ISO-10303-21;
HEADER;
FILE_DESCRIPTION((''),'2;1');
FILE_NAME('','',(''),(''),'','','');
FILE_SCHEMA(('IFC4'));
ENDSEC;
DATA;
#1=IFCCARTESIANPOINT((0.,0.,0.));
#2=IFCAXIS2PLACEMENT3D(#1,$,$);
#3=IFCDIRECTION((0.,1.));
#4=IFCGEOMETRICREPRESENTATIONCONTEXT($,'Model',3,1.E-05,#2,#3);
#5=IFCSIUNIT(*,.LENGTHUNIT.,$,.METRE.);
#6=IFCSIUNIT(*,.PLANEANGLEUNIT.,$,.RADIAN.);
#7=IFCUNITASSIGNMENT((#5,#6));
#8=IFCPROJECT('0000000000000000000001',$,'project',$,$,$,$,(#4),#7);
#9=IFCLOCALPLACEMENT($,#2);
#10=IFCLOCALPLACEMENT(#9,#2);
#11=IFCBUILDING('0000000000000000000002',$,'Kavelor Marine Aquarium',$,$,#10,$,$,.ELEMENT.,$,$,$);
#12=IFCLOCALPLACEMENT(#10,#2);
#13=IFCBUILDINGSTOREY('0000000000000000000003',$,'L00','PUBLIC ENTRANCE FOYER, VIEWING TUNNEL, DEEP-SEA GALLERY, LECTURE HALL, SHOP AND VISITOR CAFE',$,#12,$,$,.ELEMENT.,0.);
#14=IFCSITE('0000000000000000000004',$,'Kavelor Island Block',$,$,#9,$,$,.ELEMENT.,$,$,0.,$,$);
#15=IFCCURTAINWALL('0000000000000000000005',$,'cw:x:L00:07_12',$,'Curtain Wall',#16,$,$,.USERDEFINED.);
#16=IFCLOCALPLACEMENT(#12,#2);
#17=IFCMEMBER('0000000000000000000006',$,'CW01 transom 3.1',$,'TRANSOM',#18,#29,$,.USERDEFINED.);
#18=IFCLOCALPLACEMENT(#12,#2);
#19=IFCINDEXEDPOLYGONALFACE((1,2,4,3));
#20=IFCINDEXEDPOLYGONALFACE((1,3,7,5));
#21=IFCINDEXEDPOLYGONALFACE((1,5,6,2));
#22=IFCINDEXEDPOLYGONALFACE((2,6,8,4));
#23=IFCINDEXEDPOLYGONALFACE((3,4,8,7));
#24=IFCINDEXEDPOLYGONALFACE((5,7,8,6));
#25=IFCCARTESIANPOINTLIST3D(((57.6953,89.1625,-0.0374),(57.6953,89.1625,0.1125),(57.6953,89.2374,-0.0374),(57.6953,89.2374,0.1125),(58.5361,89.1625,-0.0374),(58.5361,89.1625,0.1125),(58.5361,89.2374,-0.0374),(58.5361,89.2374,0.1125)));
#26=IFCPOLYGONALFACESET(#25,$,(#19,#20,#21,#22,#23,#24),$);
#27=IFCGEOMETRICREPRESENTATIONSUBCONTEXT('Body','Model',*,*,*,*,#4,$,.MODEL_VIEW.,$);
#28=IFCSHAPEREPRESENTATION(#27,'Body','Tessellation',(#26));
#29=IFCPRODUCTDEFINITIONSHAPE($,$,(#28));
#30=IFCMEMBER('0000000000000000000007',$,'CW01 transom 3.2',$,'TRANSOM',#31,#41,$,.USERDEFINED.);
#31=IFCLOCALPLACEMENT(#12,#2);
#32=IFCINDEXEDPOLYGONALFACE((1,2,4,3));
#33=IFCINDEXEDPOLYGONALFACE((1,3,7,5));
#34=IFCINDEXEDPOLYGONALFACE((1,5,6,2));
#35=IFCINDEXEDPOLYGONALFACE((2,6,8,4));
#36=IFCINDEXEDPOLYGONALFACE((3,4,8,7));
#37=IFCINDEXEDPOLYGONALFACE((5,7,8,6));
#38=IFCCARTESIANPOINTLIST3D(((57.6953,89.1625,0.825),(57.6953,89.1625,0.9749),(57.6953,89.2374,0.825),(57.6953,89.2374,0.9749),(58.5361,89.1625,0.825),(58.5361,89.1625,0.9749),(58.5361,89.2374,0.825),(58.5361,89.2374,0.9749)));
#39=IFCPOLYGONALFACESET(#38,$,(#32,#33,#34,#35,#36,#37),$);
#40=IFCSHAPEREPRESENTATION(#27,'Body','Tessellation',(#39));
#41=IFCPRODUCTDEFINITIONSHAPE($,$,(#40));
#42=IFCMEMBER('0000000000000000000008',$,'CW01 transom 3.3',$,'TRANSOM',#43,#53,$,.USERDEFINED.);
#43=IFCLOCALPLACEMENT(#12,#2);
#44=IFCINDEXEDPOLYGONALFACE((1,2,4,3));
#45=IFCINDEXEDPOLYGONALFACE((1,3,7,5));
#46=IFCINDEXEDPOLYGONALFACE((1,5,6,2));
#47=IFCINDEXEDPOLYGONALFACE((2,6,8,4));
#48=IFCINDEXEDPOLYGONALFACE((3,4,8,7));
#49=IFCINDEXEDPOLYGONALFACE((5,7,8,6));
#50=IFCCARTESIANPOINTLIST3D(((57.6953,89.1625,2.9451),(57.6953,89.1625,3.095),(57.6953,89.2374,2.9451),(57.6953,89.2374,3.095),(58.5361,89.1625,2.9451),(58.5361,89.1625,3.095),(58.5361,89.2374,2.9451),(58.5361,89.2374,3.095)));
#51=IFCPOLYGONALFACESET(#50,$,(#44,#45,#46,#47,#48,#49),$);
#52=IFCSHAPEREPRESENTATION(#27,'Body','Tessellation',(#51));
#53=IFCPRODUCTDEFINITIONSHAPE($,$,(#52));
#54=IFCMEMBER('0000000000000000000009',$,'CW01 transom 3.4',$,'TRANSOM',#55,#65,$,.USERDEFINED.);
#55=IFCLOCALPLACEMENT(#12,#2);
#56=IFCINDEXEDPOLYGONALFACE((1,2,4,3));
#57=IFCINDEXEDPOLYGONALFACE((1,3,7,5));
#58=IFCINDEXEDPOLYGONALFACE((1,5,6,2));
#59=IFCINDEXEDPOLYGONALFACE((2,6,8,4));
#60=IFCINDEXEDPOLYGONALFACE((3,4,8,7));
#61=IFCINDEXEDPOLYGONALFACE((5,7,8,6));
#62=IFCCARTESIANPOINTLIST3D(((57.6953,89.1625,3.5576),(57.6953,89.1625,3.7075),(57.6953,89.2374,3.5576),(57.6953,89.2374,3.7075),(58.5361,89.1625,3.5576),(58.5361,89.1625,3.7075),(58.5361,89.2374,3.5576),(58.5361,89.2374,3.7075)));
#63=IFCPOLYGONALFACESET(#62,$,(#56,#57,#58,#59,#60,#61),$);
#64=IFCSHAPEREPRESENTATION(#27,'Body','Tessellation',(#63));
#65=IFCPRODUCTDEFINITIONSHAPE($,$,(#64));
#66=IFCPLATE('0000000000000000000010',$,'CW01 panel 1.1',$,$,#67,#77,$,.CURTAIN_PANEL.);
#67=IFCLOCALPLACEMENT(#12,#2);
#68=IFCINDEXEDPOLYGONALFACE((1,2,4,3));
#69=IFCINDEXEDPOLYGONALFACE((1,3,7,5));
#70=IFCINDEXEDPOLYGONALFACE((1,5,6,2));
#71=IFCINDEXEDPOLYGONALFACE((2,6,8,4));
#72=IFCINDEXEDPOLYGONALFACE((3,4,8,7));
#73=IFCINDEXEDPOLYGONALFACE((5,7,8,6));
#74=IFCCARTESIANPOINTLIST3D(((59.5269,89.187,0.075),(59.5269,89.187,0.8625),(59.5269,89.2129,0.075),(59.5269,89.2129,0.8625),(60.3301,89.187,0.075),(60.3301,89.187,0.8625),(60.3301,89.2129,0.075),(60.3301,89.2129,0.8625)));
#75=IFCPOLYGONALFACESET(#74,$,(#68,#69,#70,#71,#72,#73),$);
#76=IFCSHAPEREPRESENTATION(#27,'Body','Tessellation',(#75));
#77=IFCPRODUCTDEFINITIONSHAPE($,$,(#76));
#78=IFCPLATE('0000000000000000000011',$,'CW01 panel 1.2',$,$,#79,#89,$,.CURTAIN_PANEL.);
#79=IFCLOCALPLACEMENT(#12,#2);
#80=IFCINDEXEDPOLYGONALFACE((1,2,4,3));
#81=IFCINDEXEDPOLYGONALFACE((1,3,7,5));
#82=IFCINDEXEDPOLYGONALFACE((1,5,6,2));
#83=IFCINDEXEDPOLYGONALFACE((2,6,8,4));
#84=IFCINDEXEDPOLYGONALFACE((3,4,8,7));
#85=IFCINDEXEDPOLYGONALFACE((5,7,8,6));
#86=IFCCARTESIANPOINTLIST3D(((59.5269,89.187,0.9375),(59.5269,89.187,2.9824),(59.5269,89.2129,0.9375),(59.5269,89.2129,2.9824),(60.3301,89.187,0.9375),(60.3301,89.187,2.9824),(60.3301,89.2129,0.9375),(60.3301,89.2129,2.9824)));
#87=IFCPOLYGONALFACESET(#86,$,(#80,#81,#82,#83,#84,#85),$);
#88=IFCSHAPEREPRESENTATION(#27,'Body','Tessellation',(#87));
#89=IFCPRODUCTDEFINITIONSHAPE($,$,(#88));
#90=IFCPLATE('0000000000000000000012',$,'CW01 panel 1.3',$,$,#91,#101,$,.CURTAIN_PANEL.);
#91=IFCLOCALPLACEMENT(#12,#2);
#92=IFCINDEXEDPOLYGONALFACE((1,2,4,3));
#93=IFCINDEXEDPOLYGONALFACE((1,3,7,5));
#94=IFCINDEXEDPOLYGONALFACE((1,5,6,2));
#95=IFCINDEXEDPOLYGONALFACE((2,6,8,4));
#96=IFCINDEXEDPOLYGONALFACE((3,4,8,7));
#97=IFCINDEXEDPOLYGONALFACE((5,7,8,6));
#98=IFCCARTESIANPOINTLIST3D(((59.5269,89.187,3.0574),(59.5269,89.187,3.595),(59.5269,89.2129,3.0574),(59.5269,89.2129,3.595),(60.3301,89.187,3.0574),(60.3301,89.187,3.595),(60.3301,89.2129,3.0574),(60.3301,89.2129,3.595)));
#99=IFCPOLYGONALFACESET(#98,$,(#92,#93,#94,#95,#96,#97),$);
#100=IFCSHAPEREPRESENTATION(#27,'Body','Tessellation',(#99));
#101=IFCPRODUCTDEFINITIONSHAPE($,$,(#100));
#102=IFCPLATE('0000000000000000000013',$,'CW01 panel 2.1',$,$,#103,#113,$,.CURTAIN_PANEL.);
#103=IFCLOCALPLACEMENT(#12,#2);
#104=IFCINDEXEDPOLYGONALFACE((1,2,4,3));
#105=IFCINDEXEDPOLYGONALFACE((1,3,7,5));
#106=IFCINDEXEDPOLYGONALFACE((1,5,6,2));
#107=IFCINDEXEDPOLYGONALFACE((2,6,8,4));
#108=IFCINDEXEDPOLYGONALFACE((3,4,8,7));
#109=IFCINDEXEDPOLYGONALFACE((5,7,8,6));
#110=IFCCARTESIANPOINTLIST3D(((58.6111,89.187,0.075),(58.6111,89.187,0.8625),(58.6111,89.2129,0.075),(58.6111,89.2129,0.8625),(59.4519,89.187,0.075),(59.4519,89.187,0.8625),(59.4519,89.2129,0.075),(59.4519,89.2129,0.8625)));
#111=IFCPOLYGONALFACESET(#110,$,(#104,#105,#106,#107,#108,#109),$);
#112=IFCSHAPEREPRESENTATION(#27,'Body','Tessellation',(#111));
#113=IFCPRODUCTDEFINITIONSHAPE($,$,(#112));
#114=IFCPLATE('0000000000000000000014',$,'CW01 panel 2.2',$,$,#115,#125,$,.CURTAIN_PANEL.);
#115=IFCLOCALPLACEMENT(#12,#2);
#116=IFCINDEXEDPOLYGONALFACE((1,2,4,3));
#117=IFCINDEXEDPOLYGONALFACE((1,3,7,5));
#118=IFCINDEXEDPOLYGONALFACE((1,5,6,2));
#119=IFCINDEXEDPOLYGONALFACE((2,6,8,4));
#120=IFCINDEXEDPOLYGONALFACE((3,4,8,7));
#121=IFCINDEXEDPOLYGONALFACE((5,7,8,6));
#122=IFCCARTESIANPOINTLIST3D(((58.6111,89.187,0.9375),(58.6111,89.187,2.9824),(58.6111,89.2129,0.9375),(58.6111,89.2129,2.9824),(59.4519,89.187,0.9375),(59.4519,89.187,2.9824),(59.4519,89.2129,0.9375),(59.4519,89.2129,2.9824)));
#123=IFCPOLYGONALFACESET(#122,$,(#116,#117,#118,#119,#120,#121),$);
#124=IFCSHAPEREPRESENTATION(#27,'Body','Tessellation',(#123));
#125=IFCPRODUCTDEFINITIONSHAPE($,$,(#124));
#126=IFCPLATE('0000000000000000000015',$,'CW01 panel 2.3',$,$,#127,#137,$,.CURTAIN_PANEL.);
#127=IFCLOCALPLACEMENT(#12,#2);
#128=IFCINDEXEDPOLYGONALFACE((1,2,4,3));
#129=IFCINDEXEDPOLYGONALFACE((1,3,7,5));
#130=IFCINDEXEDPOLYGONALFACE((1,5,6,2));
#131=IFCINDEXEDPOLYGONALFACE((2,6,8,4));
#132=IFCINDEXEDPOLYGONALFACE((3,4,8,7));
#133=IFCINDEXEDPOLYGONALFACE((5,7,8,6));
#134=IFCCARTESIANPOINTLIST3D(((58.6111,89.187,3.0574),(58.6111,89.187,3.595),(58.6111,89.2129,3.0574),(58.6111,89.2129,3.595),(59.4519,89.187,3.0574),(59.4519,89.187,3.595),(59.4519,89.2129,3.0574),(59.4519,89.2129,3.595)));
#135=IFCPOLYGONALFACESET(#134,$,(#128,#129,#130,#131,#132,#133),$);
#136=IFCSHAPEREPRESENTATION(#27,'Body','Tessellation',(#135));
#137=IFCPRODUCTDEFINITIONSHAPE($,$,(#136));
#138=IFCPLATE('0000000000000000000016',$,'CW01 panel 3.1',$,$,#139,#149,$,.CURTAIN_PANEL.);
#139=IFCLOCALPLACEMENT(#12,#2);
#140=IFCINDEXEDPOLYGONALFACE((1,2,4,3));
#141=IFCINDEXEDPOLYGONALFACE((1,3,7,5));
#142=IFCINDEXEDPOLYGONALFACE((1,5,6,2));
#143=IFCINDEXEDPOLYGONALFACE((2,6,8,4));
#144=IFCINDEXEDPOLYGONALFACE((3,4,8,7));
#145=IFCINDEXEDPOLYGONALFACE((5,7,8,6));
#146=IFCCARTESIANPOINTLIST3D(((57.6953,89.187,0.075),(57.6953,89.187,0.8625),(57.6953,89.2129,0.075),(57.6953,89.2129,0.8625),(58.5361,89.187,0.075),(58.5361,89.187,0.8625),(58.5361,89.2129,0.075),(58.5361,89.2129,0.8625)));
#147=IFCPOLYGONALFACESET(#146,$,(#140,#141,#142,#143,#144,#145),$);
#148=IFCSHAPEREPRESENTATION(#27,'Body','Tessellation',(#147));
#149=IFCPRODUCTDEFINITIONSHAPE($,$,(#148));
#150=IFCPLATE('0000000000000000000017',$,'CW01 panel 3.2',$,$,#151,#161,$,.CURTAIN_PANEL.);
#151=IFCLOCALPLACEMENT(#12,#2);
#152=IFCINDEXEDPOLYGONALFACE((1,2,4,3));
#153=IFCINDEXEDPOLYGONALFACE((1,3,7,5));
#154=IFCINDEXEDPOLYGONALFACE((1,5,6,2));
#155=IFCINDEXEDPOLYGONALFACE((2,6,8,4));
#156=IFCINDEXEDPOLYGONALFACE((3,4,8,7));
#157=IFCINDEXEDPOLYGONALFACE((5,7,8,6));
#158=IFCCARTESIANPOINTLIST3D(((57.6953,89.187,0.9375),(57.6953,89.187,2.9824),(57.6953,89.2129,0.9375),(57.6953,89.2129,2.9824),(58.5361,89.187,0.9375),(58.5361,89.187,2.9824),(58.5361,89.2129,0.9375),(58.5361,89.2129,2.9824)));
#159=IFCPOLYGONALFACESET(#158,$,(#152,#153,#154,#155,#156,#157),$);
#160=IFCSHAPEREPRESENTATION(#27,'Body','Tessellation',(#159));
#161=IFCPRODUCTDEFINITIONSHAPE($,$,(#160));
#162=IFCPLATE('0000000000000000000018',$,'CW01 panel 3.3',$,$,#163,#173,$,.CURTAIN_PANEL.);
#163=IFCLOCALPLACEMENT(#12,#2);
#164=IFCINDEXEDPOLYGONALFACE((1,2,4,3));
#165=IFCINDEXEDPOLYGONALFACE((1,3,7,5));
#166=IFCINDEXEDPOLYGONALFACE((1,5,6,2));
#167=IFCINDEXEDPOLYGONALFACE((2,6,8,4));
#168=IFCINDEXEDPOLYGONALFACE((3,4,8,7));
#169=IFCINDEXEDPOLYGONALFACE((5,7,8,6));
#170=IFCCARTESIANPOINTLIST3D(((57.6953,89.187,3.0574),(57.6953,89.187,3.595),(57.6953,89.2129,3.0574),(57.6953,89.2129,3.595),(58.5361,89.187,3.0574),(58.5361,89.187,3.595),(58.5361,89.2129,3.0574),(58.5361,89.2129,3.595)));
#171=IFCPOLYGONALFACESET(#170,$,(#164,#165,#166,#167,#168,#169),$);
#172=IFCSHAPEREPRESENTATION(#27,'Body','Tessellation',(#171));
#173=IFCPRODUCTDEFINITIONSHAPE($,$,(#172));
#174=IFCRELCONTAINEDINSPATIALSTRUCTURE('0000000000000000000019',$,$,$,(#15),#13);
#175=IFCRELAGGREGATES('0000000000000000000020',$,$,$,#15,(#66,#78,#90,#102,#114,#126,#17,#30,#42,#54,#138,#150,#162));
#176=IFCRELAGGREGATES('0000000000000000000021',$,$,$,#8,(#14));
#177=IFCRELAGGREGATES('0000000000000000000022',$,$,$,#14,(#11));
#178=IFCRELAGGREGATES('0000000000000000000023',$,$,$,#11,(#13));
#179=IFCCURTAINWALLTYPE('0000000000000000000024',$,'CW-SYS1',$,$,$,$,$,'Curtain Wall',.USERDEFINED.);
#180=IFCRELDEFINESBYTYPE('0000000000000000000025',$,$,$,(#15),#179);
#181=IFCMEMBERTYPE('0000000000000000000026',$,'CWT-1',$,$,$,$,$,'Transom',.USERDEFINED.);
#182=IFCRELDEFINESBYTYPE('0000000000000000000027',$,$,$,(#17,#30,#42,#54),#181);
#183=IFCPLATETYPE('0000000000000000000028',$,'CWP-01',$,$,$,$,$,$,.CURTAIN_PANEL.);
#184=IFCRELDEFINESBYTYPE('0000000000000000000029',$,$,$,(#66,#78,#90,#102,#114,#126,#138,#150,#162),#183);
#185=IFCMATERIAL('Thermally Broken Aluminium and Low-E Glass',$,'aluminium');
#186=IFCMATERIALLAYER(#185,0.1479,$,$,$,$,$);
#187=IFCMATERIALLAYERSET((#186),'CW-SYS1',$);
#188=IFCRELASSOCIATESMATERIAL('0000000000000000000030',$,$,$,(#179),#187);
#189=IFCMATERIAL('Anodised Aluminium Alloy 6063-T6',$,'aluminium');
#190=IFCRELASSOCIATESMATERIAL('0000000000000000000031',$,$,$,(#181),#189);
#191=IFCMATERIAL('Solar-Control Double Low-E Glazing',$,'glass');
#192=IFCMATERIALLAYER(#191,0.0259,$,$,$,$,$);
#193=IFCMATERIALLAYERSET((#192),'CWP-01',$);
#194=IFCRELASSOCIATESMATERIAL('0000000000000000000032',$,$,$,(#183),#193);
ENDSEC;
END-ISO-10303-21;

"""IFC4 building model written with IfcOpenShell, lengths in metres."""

from ifc_helpers import new_model, si_unit, direction, frame, origin, origin_2d, place, context, subcontext, project, spatial, rectangle, extrude, material, layer, layer_set, material_profile, profile_set, type_object, element, aggregate, save


model = new_model("IFC4")

# Units and contexts
model_context = context("Model", 3, precision=1e-05, world=origin(), true_north=direction((0.0, 1.0)))
body_context = subcontext(model_context, "Body", "Model", "MODEL_VIEW")
ifc_project = project(units=[si_unit("LENGTHUNIT", "METRE"), si_unit("PLANEANGLEUNIT", "RADIAN")], contexts=[model_context])

# Site, building, storey
site_placement = place(None, origin())
site = spatial("IfcSite", under=ifc_project, at=site_placement, Name="Kavelor Island Block", CompositionType="ELEMENT", RefElevation=0.0)
building_placement = place(site_placement, origin())
building = spatial("IfcBuilding", under=site, at=building_placement, Name="Kavelor Marine Aquarium", CompositionType="ELEMENT")
storey_placement = place(building_placement, origin())
storey = spatial("IfcBuildingStorey", under=building, at=storey_placement, Name="L00", Description="PUBLIC ENTRANCE FOYER, VIEWING TUNNEL, DEEP-SEA GALLERY, LECTURE HALL, SHOP AND VISITOR CAFE", CompositionType="ELEMENT", Elevation=0.0)

# Curtain wall, members, plates
ifc_material_1 = material(Name="Thermally Broken Aluminium and Low-E Glass", Category="aluminium")
ifc_layer_1 = layer(ifc_material_1, 0.1479)
ifc_layer_set_1 = layer_set([ifc_layer_1], Name="CW-SYS1")
curtain_wall_type = type_object("IfcCurtainWallType", Name="CW-SYS1", ElementType="Curtain Wall", PredefinedType="USERDEFINED", material=ifc_layer_set_1)
curtain_wall_placement = place(storey_placement, origin())
curtain_wall = element("IfcCurtainWall", 1, at=curtain_wall_placement, inside=storey, type_object=curtain_wall_type, Name="cw:x:L00:07_12", ObjectType="Curtain Wall", PredefinedType="USERDEFINED")
ifc_material_2 = material(Name="Anodised Aluminium Alloy 6063-T6", Category="aluminium")
ifc_material_profile_1 = material_profile(ifc_material_2, rectangle(XDim=0.075, YDim=0.1499, at=origin_2d()), Name="CW-TRN 75x150")
ifc_profile_set_1 = profile_set([ifc_material_profile_1], Name="Anodised Aluminium Alloy 6063-T6")
member_type_1 = type_object("IfcMemberType", Name="CWT-1", ElementType="Transom", PredefinedType="USERDEFINED", material=ifc_profile_set_1)
member_1_placement = place(storey_placement, frame((58.5361, 89.2, 0.0376), z_axis=(-1.0, 0.0, 0.0), x_axis=(0.0, -1.0, 0.0)))
member_1 = element("IfcMember", 2, at=member_1_placement, type_object=member_type_1, Name="CW01 transom 3.1", ObjectType="TRANSOM", PredefinedType="USERDEFINED", context=body_context, shape_type="SweptSolid", body=[
    extrude(rectangle(XDim=0.075, YDim=0.1499, at=origin_2d()), origin(), (0.0, 0.0, 1.0), 0.8408),
])
member_2_placement = place(storey_placement, frame((58.5361, 89.2, 0.8999), z_axis=(-1.0, 0.0, 0.0), x_axis=(0.0, -1.0, 0.0)))
member_2 = element("IfcMember", 3, at=member_2_placement, type_object=member_type_1, Name="CW01 transom 3.2", ObjectType="TRANSOM", PredefinedType="USERDEFINED", context=body_context, shape_type="SweptSolid", body=[
    extrude(rectangle(XDim=0.075, YDim=0.1499, at=origin_2d()), origin(), (0.0, 0.0, 1.0), 0.8408),
])
member_3_placement = place(storey_placement, frame((58.5361, 89.2, 3.02), z_axis=(-1.0, 0.0, 0.0), x_axis=(0.0, -1.0, 0.0)))
member_3 = element("IfcMember", 4, at=member_3_placement, type_object=member_type_1, Name="CW01 transom 3.3", ObjectType="TRANSOM", PredefinedType="USERDEFINED", context=body_context, shape_type="SweptSolid", body=[
    extrude(rectangle(XDim=0.075, YDim=0.1499, at=origin_2d()), origin(), (0.0, 0.0, 1.0), 0.8408),
])
member_4_placement = place(storey_placement, frame((58.5361, 89.2, 3.6326), z_axis=(-1.0, 0.0, 0.0), x_axis=(0.0, -1.0, 0.0)))
member_4 = element("IfcMember", 5, at=member_4_placement, type_object=member_type_1, Name="CW01 transom 3.4", ObjectType="TRANSOM", PredefinedType="USERDEFINED", context=body_context, shape_type="SweptSolid", body=[
    extrude(rectangle(XDim=0.075, YDim=0.1499, at=origin_2d()), origin(), (0.0, 0.0, 1.0), 0.8408),
])
ifc_material_3 = material(Name="Solar-Control Double Low-E Glazing", Category="glass")
ifc_layer_2 = layer(ifc_material_3, 0.0259)
ifc_layer_set_2 = layer_set([ifc_layer_2], Name="CWP-01")
plate_type = type_object("IfcPlateType", Name="CWP-01", PredefinedType="CURTAIN_PANEL", material=ifc_layer_set_2)
plate_1_placement = place(storey_placement, frame((59.9285, 89.2, 0.075), z_axis=(0.0, 0.0, 1.0), x_axis=(-1.0, 0.0, 0.0)))
plate_1 = element("IfcPlate", 6, at=plate_1_placement, type_object=plate_type, Name="CW01 panel 1.1", PredefinedType="CURTAIN_PANEL", context=body_context, shape_type="SweptSolid", body=[
    extrude(rectangle(XDim=0.8032, YDim=0.0259, at=origin_2d()), origin(), (0.0, 0.0, 1.0), 0.7876),
])
plate_2_placement = place(storey_placement, frame((59.9285, 89.2, 0.9375), z_axis=(0.0, 0.0, 1.0), x_axis=(-1.0, 0.0, 0.0)))
plate_2 = element("IfcPlate", 7, at=plate_2_placement, type_object=plate_type, Name="CW01 panel 1.2", PredefinedType="CURTAIN_PANEL", context=body_context, shape_type="SweptSolid", body=[
    extrude(rectangle(XDim=0.8032, YDim=0.0259, at=origin_2d()), origin(), (0.0, 0.0, 1.0), 2.0449),
])
plate_3_placement = place(storey_placement, frame((59.9285, 89.2, 3.0574), z_axis=(0.0, 0.0, 1.0), x_axis=(-1.0, 0.0, 0.0)))
plate_3 = element("IfcPlate", 8, at=plate_3_placement, type_object=plate_type, Name="CW01 panel 1.3", PredefinedType="CURTAIN_PANEL", context=body_context, shape_type="SweptSolid", body=[
    extrude(rectangle(XDim=0.8032, YDim=0.0259, at=origin_2d()), origin(), (0.0, 0.0, 1.0), 0.5376),
])
plate_4_placement = place(storey_placement, frame((59.0315, 89.2, 0.075), z_axis=(0.0, 0.0, 1.0), x_axis=(-1.0, 0.0, 0.0)))
plate_4 = element("IfcPlate", 9, at=plate_4_placement, type_object=plate_type, Name="CW01 panel 2.1", PredefinedType="CURTAIN_PANEL", context=body_context, shape_type="SweptSolid", body=[
    extrude(rectangle(XDim=0.8408, YDim=0.0259, at=origin_2d()), origin(), (0.0, 0.0, 1.0), 0.7876),
])
plate_5_placement = place(storey_placement, frame((59.0315, 89.2, 0.9375), z_axis=(0.0, 0.0, 1.0), x_axis=(-1.0, 0.0, 0.0)))
plate_5 = element("IfcPlate", 10, at=plate_5_placement, type_object=plate_type, Name="CW01 panel 2.2", PredefinedType="CURTAIN_PANEL", context=body_context, shape_type="SweptSolid", body=[
    extrude(rectangle(XDim=0.8408, YDim=0.0259, at=origin_2d()), origin(), (0.0, 0.0, 1.0), 2.0449),
])
plate_6_placement = place(storey_placement, frame((59.0315, 89.2, 3.0574), z_axis=(0.0, 0.0, 1.0), x_axis=(-1.0, 0.0, 0.0)))
plate_6 = element("IfcPlate", 11, at=plate_6_placement, type_object=plate_type, Name="CW01 panel 2.3", PredefinedType="CURTAIN_PANEL", context=body_context, shape_type="SweptSolid", body=[
    extrude(rectangle(XDim=0.8408, YDim=0.0259, at=origin_2d()), origin(), (0.0, 0.0, 1.0), 0.5376),
])
plate_7_placement = place(storey_placement, frame((58.1157, 89.2, 0.075), z_axis=(0.0, 0.0, 1.0), x_axis=(-1.0, 0.0, 0.0)))
plate_7 = element("IfcPlate", 12, at=plate_7_placement, type_object=plate_type, Name="CW01 panel 3.1", PredefinedType="CURTAIN_PANEL", context=body_context, shape_type="SweptSolid", body=[
    extrude(rectangle(XDim=0.8408, YDim=0.0259, at=origin_2d()), origin(), (0.0, 0.0, 1.0), 0.7876),
])
plate_8_placement = place(storey_placement, frame((58.1157, 89.2, 0.9375), z_axis=(0.0, 0.0, 1.0), x_axis=(-1.0, 0.0, 0.0)))
plate_8 = element("IfcPlate", 13, at=plate_8_placement, type_object=plate_type, Name="CW01 panel 3.2", PredefinedType="CURTAIN_PANEL", context=body_context, shape_type="SweptSolid", body=[
    extrude(rectangle(XDim=0.8408, YDim=0.0259, at=origin_2d()), origin(), (0.0, 0.0, 1.0), 2.0449),
])
plate_9_placement = place(storey_placement, frame((58.1157, 89.2, 3.0574), z_axis=(0.0, 0.0, 1.0), x_axis=(-1.0, 0.0, 0.0)))
plate_9 = element("IfcPlate", 14, at=plate_9_placement, type_object=plate_type, Name="CW01 panel 3.3", PredefinedType="CURTAIN_PANEL", context=body_context, shape_type="SweptSolid", body=[
    extrude(rectangle(XDim=0.8408, YDim=0.0259, at=origin_2d()), origin(), (0.0, 0.0, 1.0), 0.5376),
])
aggregate(curtain_wall, [plate_1, plate_2, plate_3, plate_4, plate_5, plate_6, member_1, member_2, member_3, member_4, plate_7, plate_8, plate_9])

save(model, "model.ifc")
